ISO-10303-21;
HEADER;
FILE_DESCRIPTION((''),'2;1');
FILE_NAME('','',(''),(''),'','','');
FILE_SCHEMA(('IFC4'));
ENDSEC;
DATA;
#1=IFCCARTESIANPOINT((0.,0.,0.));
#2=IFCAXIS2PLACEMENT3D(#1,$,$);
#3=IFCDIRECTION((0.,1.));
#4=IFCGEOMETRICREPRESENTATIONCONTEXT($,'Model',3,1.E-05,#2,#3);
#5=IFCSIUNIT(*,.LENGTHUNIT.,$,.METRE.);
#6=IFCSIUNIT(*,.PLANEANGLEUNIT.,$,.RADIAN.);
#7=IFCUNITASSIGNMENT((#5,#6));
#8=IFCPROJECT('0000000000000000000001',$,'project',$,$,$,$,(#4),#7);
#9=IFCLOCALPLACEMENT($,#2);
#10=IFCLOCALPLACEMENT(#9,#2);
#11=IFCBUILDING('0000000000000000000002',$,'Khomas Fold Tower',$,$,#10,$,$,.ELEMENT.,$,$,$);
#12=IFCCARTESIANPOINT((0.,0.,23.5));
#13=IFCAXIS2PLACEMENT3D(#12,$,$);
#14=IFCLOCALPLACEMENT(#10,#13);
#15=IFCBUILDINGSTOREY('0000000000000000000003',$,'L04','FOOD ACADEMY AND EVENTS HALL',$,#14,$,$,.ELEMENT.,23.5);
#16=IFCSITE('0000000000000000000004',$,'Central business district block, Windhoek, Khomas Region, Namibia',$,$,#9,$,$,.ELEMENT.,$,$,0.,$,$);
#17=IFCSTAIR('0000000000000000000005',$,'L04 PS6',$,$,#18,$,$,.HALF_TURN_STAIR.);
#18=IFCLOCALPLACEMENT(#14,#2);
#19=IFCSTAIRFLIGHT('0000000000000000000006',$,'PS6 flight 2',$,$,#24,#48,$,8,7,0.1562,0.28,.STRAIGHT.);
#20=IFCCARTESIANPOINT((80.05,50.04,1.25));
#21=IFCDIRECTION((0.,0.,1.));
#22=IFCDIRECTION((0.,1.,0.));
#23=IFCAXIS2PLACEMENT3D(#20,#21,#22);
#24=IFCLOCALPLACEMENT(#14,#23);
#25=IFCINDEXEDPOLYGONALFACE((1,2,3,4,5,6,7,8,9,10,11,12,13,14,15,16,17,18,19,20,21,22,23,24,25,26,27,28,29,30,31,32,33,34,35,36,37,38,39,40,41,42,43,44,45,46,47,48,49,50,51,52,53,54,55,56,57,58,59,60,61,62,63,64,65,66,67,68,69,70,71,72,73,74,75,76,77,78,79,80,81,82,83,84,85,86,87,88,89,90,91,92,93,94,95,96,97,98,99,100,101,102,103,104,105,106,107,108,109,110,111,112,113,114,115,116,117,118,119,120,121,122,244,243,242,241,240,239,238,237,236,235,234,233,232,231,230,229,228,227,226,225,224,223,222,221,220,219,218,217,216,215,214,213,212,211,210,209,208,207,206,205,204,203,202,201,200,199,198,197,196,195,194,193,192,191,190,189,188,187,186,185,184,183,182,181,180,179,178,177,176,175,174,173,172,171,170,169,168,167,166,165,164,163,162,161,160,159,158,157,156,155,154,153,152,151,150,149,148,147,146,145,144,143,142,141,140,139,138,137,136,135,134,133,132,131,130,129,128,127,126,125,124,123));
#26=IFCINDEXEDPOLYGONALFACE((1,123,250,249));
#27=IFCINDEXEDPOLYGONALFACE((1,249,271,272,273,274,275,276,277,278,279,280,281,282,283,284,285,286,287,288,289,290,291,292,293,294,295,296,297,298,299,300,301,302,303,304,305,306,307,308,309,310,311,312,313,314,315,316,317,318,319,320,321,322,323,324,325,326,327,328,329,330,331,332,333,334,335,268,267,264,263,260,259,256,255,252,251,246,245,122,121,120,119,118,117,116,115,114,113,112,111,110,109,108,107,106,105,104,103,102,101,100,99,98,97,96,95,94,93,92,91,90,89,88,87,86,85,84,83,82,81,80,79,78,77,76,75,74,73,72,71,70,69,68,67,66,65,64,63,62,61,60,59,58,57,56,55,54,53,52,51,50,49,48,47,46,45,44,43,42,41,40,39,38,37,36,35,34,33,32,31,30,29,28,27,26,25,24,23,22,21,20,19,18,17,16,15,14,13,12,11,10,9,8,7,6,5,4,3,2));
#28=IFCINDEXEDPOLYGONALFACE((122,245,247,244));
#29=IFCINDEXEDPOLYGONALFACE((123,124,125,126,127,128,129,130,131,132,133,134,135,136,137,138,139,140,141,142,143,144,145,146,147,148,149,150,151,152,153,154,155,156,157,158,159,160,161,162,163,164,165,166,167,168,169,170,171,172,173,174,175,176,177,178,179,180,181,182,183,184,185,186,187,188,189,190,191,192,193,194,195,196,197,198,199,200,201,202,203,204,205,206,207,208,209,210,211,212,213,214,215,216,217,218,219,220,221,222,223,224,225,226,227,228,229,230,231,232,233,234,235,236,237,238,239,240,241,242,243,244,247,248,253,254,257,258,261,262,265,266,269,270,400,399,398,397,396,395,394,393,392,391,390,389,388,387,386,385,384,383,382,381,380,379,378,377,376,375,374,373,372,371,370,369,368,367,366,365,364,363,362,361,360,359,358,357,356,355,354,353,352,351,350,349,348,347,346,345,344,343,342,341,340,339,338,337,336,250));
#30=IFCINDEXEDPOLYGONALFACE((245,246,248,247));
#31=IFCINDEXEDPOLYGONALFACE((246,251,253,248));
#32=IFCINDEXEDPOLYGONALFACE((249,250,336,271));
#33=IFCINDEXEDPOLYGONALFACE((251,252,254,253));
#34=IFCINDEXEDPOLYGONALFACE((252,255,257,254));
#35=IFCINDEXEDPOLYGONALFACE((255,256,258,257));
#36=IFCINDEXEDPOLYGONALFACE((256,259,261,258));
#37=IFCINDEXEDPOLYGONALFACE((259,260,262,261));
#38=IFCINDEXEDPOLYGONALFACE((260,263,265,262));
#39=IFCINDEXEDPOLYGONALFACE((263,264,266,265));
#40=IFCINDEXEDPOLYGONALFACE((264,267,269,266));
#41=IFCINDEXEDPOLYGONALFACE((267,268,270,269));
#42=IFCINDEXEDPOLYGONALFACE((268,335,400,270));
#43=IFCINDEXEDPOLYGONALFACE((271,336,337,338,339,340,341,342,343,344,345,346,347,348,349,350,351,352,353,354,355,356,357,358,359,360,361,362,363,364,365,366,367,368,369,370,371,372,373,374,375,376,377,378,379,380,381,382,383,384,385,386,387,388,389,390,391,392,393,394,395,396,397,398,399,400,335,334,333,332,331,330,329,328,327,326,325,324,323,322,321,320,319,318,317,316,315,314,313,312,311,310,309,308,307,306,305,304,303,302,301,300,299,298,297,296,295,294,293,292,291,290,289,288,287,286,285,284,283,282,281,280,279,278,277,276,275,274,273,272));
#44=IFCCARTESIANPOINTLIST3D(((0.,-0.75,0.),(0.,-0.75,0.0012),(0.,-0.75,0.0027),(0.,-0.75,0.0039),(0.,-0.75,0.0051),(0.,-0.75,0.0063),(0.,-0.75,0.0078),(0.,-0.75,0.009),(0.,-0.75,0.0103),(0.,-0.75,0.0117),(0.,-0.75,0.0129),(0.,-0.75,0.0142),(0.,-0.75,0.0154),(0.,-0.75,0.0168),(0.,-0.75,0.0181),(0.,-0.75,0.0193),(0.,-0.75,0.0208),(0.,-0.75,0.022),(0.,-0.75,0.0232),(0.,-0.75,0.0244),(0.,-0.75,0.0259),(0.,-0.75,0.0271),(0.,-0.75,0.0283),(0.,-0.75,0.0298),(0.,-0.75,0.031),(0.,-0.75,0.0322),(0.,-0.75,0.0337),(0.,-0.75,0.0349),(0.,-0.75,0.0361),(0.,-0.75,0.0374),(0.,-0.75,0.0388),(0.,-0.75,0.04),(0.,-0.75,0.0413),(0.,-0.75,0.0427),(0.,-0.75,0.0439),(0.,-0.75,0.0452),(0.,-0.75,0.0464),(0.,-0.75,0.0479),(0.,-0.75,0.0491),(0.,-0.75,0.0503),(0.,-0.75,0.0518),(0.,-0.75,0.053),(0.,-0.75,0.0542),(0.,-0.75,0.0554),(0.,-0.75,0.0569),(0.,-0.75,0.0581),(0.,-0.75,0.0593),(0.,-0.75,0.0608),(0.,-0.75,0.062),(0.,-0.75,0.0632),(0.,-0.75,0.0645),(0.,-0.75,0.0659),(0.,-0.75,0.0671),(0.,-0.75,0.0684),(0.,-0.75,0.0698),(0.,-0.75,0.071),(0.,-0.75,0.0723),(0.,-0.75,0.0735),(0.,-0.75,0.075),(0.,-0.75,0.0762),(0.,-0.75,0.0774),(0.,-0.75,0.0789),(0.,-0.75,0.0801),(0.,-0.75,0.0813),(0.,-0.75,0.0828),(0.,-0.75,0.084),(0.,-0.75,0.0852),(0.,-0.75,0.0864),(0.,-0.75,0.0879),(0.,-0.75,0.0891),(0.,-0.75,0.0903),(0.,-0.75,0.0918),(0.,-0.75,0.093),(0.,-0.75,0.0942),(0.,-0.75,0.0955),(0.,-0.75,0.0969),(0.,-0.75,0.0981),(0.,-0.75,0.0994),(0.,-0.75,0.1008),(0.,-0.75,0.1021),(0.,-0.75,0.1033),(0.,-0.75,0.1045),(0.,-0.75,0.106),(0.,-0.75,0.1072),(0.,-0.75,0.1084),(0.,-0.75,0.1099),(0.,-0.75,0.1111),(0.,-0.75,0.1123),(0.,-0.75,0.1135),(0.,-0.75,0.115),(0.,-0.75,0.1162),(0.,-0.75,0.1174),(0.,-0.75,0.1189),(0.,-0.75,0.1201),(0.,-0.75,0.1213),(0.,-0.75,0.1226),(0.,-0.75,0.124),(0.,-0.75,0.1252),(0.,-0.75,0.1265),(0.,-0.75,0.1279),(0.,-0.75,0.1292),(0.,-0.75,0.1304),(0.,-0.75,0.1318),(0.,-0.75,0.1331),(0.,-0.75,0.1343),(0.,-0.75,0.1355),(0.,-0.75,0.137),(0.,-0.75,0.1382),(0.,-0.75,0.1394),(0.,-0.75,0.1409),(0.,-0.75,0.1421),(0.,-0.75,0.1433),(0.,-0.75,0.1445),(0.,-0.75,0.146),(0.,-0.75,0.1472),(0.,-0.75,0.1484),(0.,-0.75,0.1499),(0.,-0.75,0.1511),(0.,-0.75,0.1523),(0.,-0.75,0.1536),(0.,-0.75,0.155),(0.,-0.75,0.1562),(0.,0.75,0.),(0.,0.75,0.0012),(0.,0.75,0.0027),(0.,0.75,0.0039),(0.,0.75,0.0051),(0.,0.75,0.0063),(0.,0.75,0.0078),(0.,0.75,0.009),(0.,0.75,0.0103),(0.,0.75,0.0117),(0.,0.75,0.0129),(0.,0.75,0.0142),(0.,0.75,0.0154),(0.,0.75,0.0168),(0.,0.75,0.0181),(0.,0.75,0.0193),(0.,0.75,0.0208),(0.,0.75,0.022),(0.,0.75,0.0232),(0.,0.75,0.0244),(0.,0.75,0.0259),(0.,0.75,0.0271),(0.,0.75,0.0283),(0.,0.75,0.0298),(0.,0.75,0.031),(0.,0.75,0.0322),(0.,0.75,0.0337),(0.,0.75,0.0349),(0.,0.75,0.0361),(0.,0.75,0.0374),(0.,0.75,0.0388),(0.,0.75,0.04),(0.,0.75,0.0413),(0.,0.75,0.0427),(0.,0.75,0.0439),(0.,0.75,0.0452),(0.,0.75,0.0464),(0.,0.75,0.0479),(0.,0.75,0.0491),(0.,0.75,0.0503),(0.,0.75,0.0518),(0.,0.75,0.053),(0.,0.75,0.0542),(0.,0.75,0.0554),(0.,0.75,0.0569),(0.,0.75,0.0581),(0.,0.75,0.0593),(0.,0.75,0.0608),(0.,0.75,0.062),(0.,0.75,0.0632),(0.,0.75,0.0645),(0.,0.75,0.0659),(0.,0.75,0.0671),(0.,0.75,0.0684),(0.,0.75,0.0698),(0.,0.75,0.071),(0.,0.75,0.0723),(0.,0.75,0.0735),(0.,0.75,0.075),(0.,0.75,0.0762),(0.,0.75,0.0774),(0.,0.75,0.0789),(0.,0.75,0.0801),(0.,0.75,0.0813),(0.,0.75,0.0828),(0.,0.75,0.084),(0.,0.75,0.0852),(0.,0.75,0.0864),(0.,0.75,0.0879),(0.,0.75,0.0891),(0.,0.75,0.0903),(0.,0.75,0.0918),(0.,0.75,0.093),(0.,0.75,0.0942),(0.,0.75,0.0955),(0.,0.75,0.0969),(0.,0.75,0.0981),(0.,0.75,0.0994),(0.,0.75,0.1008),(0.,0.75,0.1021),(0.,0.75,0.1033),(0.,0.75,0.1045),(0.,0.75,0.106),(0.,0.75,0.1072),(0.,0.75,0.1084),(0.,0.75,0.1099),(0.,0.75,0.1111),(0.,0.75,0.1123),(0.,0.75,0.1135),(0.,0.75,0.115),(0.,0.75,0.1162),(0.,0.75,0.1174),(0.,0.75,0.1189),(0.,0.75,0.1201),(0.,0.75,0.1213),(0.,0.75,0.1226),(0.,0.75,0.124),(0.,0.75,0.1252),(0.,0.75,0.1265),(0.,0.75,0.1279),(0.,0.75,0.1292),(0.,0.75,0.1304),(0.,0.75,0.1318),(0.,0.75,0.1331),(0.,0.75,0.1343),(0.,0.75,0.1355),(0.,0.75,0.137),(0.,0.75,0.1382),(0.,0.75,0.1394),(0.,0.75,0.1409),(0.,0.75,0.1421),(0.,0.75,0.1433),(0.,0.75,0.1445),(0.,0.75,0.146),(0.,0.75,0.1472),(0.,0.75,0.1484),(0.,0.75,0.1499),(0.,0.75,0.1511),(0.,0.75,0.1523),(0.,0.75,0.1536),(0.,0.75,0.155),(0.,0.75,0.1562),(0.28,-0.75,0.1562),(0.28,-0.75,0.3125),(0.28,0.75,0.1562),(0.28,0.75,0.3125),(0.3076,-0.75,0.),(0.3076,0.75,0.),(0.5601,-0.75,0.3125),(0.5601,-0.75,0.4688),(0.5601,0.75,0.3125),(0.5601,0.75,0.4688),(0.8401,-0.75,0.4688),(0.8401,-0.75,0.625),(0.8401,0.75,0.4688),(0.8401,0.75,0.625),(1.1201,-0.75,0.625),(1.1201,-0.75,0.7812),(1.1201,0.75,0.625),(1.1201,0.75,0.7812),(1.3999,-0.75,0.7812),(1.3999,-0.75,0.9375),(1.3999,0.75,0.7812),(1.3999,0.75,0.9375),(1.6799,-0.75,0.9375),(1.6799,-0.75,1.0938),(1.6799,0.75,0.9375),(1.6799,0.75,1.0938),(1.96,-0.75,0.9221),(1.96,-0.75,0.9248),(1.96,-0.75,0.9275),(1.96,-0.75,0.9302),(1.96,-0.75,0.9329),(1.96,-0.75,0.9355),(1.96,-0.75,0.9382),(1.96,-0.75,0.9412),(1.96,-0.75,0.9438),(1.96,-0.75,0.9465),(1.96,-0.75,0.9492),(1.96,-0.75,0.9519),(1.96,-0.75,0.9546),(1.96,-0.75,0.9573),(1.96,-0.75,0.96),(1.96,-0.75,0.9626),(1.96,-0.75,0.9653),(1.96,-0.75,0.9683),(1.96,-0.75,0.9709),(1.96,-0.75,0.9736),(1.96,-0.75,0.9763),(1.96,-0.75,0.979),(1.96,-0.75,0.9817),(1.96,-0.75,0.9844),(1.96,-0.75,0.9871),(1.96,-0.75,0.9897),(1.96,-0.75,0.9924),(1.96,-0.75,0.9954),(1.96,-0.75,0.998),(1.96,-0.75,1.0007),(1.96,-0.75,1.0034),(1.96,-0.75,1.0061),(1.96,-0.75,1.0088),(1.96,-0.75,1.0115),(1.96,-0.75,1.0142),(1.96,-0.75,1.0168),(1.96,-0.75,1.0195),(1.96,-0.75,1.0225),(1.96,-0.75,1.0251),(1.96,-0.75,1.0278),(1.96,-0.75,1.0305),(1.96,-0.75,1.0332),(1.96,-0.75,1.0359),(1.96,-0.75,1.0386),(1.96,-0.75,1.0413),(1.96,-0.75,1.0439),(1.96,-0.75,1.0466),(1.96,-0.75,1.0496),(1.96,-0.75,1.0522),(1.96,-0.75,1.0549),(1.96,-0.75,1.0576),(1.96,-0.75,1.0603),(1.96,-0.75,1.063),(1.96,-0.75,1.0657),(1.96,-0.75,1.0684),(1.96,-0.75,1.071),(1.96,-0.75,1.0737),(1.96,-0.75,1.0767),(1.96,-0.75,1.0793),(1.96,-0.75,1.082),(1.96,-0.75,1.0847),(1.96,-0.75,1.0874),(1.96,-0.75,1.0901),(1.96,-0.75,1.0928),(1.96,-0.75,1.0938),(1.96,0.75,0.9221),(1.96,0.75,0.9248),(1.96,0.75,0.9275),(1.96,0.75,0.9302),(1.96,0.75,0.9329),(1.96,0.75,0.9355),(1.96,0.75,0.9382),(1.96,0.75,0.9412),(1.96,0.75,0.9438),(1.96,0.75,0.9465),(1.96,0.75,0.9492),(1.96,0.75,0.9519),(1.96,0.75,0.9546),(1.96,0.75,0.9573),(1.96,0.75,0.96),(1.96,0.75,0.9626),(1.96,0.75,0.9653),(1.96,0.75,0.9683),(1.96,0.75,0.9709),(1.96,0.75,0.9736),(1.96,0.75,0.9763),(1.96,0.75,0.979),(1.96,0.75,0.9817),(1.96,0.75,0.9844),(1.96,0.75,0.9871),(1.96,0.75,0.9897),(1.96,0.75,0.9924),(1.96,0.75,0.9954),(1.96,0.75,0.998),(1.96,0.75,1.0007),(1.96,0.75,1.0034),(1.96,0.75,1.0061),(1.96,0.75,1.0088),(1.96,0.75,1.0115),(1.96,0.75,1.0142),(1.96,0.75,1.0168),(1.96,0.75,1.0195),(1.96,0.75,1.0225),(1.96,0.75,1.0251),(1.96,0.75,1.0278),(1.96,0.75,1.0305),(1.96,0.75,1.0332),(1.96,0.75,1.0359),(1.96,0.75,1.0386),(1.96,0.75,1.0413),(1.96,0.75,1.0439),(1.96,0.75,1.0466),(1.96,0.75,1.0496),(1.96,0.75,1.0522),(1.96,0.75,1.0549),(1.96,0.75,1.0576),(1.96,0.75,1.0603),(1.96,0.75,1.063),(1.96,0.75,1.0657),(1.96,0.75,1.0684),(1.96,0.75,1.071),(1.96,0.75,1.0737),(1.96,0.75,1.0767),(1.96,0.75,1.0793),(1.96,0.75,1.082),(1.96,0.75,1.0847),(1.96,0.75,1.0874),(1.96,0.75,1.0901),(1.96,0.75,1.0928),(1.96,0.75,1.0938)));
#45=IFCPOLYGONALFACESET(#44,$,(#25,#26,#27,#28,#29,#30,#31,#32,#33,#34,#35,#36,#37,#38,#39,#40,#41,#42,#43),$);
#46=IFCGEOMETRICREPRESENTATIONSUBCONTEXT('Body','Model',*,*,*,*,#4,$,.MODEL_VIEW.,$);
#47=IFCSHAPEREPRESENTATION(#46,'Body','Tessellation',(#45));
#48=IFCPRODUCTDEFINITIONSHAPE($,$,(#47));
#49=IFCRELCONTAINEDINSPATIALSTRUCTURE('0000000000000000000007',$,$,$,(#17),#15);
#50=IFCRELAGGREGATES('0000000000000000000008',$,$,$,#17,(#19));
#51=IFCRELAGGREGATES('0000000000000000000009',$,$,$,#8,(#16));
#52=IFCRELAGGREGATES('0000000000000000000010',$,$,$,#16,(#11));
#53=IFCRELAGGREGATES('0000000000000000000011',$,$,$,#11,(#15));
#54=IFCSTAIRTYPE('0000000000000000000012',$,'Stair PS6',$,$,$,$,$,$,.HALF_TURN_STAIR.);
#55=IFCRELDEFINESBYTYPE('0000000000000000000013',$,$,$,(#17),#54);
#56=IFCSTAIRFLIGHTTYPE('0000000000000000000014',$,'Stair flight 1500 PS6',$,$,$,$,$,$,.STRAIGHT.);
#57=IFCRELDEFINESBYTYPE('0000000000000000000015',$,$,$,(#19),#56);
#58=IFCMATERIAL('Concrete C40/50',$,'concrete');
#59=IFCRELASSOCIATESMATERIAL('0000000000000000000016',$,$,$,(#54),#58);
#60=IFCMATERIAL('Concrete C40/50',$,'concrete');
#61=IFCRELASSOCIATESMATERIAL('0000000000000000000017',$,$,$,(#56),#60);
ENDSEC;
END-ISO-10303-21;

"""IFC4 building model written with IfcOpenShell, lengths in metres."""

from ifc_helpers import new_model, si_unit, direction, frame, origin, place, context, subcontext, project, spatial, polyline, outline, extrude, source, transform, mapped, material, type_object, element, aggregate, save


model = new_model("IFC4")

# Units and contexts
model_context = context("Model", 3, precision=1e-05, world=origin(), true_north=direction((0.0, 1.0)))
body_context = subcontext(model_context, "Body", "Model", "MODEL_VIEW")
ifc_project = project(units=[si_unit("LENGTHUNIT", "METRE"), si_unit("PLANEANGLEUNIT", "RADIAN")], contexts=[model_context])

# Site, building, storey
site_placement = place(None, origin())
site = spatial("IfcSite", under=ifc_project, at=site_placement, Name="Central business district block, Windhoek, Khomas Region, Namibia", CompositionType="ELEMENT", RefElevation=0.0)
building_placement = place(site_placement, origin())
building = spatial("IfcBuilding", under=site, at=building_placement, Name="Khomas Fold Tower", CompositionType="ELEMENT")
storey_placement = place(building_placement, frame((0.0, 0.0, 23.5)))
storey = spatial("IfcBuildingStorey", under=building, at=storey_placement, Name="L04", Description="FOOD ACADEMY AND EVENTS HALL", CompositionType="ELEMENT", Elevation=23.5)

# Stair, stair flight
shared_shape_1 = source(origin(), body_context, "Body", "SweptSolid", [
    extrude(outline(polyline([(0.0, 0.0), (0.0, 0.0012), (0.0, 0.0027), (0.0, 0.0039), (0.0, 0.0051), (0.0, 0.0063), (0.0, 0.0078), (0.0, 0.009), (0.0, 0.0103), (0.0, 0.0117), (0.0, 0.0129), (0.0, 0.0142), (0.0, 0.0154), (0.0, 0.0168), (0.0, 0.0181), (0.0, 0.0193), (0.0, 0.0208), (0.0, 0.022), (0.0, 0.0232), (0.0, 0.0244), (0.0, 0.0259), (0.0, 0.0271), (0.0, 0.0283), (0.0, 0.0298), (0.0, 0.031), (0.0, 0.0322), (0.0, 0.0337), (0.0, 0.0349), (0.0, 0.0361), (0.0, 0.0374), (0.0, 0.0388), (0.0, 0.04), (0.0, 0.0413), (0.0, 0.0427), (0.0, 0.0439), (0.0, 0.0452), (0.0, 0.0464), (0.0, 0.0479), (0.0, 0.0491), (0.0, 0.0503), (0.0, 0.0518), (0.0, 0.053), (0.0, 0.0542), (0.0, 0.0554), (0.0, 0.0569), (0.0, 0.0581), (0.0, 0.0593), (0.0, 0.0608), (0.0, 0.062), (0.0, 0.0632), (0.0, 0.0645), (0.0, 0.0659), (0.0, 0.0671), (0.0, 0.0684), (0.0, 0.0698), (0.0, 0.071), (0.0, 0.0723), (0.0, 0.0735), (0.0, 0.075), (0.0, 0.0762), (0.0, 0.0774), (0.0, 0.0789), (0.0, 0.0801), (0.0, 0.0813), (0.0, 0.0828), (0.0, 0.084), (0.0, 0.0852), (0.0, 0.0864), (0.0, 0.0879), (0.0, 0.0891), (0.0, 0.0903), (0.0, 0.0918), (0.0, 0.093), (0.0, 0.0942), (0.0, 0.0955), (0.0, 0.0969), (0.0, 0.0981), (0.0, 0.0994), (0.0, 0.1008), (0.0, 0.1021), (0.0, 0.1033), (0.0, 0.1045), (0.0, 0.106), (0.0, 0.1072), (0.0, 0.1084), (0.0, 0.1099), (0.0, 0.1111), (0.0, 0.1123), (0.0, 0.1135), (0.0, 0.115), (0.0, 0.1162), (0.0, 0.1174), (0.0, 0.1189), (0.0, 0.1201), (0.0, 0.1213), (0.0, 0.1226), (0.0, 0.124), (0.0, 0.1252), (0.0, 0.1265), (0.0, 0.1279), (0.0, 0.1292), (0.0, 0.1304), (0.0, 0.1318), (0.0, 0.1331), (0.0, 0.1343), (0.0, 0.1355), (0.0, 0.137), (0.0, 0.1382), (0.0, 0.1394), (0.0, 0.1409), (0.0, 0.1421), (0.0, 0.1433), (0.0, 0.1445), (0.0, 0.146), (0.0, 0.1472), (0.0, 0.1484), (0.0, 0.1499), (0.0, 0.1511), (0.0, 0.1523), (0.0, 0.1536), (0.0, 0.155), (0.0, 0.1562), (0.28, 0.1562), (0.28, 0.3125), (0.5601, 0.3125), (0.5601, 0.4688), (0.8401, 0.4688), (0.8401, 0.625), (1.1201, 0.625), (1.1201, 0.7812), (1.3999, 0.7812), (1.3999, 0.9375), (1.6799, 0.9375), (1.6799, 1.0938), (1.96, 1.0938), (1.96, 1.25), (1.96, 1.2473), (1.96, 1.2446), (1.96, 1.2419), (1.96, 1.2393), (1.96, 1.2363), (1.96, 1.2336), (1.96, 1.231), (1.96, 1.2283), (1.96, 1.2256), (1.96, 1.2229), (1.96, 1.2202), (1.96, 1.2175), (1.96, 1.2148), (1.96, 1.2122), (1.96, 1.2092), (1.96, 1.2065), (1.96, 1.2039), (1.96, 1.2012), (1.96, 1.1985), (1.96, 1.1958), (1.96, 1.1931), (1.96, 1.1904), (1.96, 1.1877), (1.96, 1.1851), (1.96, 1.1821), (1.96, 1.1794), (1.96, 1.1768), (1.96, 1.1741), (1.96, 1.1714), (1.96, 1.1687), (1.96, 1.166), (1.96, 1.1633), (1.96, 1.1606), (1.96, 1.158), (1.96, 1.155), (1.96, 1.1523), (1.96, 1.1497), (1.96, 1.147), (1.96, 1.1443), (1.96, 1.1416), (1.96, 1.1389), (1.96, 1.1362), (1.96, 1.1335), (1.96, 1.1309), (1.96, 1.1279), (1.96, 1.1252), (1.96, 1.1226), (1.96, 1.1199), (1.96, 1.1172), (1.96, 1.1145), (1.96, 1.1118), (1.96, 1.1091), (1.96, 1.1064), (1.96, 1.1038), (1.96, 1.1008), (1.96, 1.0981), (1.96, 1.0955), (1.96, 1.0928), (1.96, 1.0901), (1.96, 1.0874), (1.96, 1.0847), (1.96, 1.082), (1.96, 1.0793), (1.96, 1.0767), (1.96, 1.0737), (1.96, 1.071), (1.96, 1.0684), (1.96, 1.0657), (1.96, 1.063), (1.96, 1.0603), (1.96, 1.0576), (1.96, 1.0549), (1.96, 1.0522), (1.96, 1.0496), (1.96, 1.0466), (1.96, 1.0439), (1.96, 1.0413), (1.96, 1.0386), (1.96, 1.0359), (1.96, 1.0332), (1.96, 1.0305), (1.96, 1.0278), (1.96, 1.0251), (1.96, 1.0225), (1.96, 1.0195), (1.96, 1.0168), (1.96, 1.0142), (1.96, 1.0115), (1.96, 1.0088), (1.96, 1.0061), (1.96, 1.0034), (1.96, 1.0007), (1.96, 0.998), (1.96, 0.9954), (1.96, 0.9924), (1.96, 0.9897), (1.96, 0.9871), (1.96, 0.9844), (1.96, 0.9817), (1.96, 0.979), (1.96, 0.9763), (1.96, 0.9736), (1.96, 0.9709), (1.96, 0.9683), (1.96, 0.9653), (1.96, 0.9626), (1.96, 0.96), (1.96, 0.9573), (1.96, 0.9546), (1.96, 0.9519), (1.96, 0.9492), (1.96, 0.9465), (1.96, 0.9438), (1.96, 0.9412), (1.96, 0.9382), (1.96, 0.9355), (1.96, 0.9329), (1.96, 0.9302), (1.96, 0.9275), (1.96, 0.9248), (1.96, 0.9221), (0.3076, 0.0), (0.0, 0.0)])), frame((0.0, 0.75, 0.0), z_axis=(0.0, -1.0, 0.0), x_axis=(1.0, 0.0, 0.0)), (0.0, 0.0, 1.0), 1.5),
])
ifc_material_1 = material(Name="Concrete C40/50", Category="concrete")
stair_type_1 = type_object("IfcStairType", Name="Stair PS6", PredefinedType="HALF_TURN_STAIR", material=ifc_material_1)
stair_1_placement = place(storey_placement, origin())
stair_1 = element("IfcStair", 1, at=stair_1_placement, inside=storey, type_object=stair_type_1, Name="L04 PS6", PredefinedType="HALF_TURN_STAIR")
ifc_material_2 = material(Name="Concrete C40/50", Category="concrete")
stair_flight_type_1 = type_object("IfcStairFlightType", Name="Stair flight 1500 PS6", PredefinedType="STRAIGHT", material=ifc_material_2)
stair_flight_1_placement = place(storey_placement, frame((80.05, 50.04, 1.25), z_axis=(0.0, 0.0, 1.0), x_axis=(0.0, 1.0, 0.0)))
stair_flight_1 = element("IfcStairFlight", 2, at=stair_flight_1_placement, type_object=stair_flight_type_1, Name="PS6 flight 2", NumberOfRisers=8, NumberOfTreads=7, PredefinedType="STRAIGHT", RiserHeight=0.1562, TreadLength=0.28, context=body_context, shape_type="MappedRepresentation", body=[
    mapped(shared_shape_1, transform((0.0, 0.0, 0.0))),
])
aggregate(stair_1, [stair_flight_1])

save(model, "model.ifc")
